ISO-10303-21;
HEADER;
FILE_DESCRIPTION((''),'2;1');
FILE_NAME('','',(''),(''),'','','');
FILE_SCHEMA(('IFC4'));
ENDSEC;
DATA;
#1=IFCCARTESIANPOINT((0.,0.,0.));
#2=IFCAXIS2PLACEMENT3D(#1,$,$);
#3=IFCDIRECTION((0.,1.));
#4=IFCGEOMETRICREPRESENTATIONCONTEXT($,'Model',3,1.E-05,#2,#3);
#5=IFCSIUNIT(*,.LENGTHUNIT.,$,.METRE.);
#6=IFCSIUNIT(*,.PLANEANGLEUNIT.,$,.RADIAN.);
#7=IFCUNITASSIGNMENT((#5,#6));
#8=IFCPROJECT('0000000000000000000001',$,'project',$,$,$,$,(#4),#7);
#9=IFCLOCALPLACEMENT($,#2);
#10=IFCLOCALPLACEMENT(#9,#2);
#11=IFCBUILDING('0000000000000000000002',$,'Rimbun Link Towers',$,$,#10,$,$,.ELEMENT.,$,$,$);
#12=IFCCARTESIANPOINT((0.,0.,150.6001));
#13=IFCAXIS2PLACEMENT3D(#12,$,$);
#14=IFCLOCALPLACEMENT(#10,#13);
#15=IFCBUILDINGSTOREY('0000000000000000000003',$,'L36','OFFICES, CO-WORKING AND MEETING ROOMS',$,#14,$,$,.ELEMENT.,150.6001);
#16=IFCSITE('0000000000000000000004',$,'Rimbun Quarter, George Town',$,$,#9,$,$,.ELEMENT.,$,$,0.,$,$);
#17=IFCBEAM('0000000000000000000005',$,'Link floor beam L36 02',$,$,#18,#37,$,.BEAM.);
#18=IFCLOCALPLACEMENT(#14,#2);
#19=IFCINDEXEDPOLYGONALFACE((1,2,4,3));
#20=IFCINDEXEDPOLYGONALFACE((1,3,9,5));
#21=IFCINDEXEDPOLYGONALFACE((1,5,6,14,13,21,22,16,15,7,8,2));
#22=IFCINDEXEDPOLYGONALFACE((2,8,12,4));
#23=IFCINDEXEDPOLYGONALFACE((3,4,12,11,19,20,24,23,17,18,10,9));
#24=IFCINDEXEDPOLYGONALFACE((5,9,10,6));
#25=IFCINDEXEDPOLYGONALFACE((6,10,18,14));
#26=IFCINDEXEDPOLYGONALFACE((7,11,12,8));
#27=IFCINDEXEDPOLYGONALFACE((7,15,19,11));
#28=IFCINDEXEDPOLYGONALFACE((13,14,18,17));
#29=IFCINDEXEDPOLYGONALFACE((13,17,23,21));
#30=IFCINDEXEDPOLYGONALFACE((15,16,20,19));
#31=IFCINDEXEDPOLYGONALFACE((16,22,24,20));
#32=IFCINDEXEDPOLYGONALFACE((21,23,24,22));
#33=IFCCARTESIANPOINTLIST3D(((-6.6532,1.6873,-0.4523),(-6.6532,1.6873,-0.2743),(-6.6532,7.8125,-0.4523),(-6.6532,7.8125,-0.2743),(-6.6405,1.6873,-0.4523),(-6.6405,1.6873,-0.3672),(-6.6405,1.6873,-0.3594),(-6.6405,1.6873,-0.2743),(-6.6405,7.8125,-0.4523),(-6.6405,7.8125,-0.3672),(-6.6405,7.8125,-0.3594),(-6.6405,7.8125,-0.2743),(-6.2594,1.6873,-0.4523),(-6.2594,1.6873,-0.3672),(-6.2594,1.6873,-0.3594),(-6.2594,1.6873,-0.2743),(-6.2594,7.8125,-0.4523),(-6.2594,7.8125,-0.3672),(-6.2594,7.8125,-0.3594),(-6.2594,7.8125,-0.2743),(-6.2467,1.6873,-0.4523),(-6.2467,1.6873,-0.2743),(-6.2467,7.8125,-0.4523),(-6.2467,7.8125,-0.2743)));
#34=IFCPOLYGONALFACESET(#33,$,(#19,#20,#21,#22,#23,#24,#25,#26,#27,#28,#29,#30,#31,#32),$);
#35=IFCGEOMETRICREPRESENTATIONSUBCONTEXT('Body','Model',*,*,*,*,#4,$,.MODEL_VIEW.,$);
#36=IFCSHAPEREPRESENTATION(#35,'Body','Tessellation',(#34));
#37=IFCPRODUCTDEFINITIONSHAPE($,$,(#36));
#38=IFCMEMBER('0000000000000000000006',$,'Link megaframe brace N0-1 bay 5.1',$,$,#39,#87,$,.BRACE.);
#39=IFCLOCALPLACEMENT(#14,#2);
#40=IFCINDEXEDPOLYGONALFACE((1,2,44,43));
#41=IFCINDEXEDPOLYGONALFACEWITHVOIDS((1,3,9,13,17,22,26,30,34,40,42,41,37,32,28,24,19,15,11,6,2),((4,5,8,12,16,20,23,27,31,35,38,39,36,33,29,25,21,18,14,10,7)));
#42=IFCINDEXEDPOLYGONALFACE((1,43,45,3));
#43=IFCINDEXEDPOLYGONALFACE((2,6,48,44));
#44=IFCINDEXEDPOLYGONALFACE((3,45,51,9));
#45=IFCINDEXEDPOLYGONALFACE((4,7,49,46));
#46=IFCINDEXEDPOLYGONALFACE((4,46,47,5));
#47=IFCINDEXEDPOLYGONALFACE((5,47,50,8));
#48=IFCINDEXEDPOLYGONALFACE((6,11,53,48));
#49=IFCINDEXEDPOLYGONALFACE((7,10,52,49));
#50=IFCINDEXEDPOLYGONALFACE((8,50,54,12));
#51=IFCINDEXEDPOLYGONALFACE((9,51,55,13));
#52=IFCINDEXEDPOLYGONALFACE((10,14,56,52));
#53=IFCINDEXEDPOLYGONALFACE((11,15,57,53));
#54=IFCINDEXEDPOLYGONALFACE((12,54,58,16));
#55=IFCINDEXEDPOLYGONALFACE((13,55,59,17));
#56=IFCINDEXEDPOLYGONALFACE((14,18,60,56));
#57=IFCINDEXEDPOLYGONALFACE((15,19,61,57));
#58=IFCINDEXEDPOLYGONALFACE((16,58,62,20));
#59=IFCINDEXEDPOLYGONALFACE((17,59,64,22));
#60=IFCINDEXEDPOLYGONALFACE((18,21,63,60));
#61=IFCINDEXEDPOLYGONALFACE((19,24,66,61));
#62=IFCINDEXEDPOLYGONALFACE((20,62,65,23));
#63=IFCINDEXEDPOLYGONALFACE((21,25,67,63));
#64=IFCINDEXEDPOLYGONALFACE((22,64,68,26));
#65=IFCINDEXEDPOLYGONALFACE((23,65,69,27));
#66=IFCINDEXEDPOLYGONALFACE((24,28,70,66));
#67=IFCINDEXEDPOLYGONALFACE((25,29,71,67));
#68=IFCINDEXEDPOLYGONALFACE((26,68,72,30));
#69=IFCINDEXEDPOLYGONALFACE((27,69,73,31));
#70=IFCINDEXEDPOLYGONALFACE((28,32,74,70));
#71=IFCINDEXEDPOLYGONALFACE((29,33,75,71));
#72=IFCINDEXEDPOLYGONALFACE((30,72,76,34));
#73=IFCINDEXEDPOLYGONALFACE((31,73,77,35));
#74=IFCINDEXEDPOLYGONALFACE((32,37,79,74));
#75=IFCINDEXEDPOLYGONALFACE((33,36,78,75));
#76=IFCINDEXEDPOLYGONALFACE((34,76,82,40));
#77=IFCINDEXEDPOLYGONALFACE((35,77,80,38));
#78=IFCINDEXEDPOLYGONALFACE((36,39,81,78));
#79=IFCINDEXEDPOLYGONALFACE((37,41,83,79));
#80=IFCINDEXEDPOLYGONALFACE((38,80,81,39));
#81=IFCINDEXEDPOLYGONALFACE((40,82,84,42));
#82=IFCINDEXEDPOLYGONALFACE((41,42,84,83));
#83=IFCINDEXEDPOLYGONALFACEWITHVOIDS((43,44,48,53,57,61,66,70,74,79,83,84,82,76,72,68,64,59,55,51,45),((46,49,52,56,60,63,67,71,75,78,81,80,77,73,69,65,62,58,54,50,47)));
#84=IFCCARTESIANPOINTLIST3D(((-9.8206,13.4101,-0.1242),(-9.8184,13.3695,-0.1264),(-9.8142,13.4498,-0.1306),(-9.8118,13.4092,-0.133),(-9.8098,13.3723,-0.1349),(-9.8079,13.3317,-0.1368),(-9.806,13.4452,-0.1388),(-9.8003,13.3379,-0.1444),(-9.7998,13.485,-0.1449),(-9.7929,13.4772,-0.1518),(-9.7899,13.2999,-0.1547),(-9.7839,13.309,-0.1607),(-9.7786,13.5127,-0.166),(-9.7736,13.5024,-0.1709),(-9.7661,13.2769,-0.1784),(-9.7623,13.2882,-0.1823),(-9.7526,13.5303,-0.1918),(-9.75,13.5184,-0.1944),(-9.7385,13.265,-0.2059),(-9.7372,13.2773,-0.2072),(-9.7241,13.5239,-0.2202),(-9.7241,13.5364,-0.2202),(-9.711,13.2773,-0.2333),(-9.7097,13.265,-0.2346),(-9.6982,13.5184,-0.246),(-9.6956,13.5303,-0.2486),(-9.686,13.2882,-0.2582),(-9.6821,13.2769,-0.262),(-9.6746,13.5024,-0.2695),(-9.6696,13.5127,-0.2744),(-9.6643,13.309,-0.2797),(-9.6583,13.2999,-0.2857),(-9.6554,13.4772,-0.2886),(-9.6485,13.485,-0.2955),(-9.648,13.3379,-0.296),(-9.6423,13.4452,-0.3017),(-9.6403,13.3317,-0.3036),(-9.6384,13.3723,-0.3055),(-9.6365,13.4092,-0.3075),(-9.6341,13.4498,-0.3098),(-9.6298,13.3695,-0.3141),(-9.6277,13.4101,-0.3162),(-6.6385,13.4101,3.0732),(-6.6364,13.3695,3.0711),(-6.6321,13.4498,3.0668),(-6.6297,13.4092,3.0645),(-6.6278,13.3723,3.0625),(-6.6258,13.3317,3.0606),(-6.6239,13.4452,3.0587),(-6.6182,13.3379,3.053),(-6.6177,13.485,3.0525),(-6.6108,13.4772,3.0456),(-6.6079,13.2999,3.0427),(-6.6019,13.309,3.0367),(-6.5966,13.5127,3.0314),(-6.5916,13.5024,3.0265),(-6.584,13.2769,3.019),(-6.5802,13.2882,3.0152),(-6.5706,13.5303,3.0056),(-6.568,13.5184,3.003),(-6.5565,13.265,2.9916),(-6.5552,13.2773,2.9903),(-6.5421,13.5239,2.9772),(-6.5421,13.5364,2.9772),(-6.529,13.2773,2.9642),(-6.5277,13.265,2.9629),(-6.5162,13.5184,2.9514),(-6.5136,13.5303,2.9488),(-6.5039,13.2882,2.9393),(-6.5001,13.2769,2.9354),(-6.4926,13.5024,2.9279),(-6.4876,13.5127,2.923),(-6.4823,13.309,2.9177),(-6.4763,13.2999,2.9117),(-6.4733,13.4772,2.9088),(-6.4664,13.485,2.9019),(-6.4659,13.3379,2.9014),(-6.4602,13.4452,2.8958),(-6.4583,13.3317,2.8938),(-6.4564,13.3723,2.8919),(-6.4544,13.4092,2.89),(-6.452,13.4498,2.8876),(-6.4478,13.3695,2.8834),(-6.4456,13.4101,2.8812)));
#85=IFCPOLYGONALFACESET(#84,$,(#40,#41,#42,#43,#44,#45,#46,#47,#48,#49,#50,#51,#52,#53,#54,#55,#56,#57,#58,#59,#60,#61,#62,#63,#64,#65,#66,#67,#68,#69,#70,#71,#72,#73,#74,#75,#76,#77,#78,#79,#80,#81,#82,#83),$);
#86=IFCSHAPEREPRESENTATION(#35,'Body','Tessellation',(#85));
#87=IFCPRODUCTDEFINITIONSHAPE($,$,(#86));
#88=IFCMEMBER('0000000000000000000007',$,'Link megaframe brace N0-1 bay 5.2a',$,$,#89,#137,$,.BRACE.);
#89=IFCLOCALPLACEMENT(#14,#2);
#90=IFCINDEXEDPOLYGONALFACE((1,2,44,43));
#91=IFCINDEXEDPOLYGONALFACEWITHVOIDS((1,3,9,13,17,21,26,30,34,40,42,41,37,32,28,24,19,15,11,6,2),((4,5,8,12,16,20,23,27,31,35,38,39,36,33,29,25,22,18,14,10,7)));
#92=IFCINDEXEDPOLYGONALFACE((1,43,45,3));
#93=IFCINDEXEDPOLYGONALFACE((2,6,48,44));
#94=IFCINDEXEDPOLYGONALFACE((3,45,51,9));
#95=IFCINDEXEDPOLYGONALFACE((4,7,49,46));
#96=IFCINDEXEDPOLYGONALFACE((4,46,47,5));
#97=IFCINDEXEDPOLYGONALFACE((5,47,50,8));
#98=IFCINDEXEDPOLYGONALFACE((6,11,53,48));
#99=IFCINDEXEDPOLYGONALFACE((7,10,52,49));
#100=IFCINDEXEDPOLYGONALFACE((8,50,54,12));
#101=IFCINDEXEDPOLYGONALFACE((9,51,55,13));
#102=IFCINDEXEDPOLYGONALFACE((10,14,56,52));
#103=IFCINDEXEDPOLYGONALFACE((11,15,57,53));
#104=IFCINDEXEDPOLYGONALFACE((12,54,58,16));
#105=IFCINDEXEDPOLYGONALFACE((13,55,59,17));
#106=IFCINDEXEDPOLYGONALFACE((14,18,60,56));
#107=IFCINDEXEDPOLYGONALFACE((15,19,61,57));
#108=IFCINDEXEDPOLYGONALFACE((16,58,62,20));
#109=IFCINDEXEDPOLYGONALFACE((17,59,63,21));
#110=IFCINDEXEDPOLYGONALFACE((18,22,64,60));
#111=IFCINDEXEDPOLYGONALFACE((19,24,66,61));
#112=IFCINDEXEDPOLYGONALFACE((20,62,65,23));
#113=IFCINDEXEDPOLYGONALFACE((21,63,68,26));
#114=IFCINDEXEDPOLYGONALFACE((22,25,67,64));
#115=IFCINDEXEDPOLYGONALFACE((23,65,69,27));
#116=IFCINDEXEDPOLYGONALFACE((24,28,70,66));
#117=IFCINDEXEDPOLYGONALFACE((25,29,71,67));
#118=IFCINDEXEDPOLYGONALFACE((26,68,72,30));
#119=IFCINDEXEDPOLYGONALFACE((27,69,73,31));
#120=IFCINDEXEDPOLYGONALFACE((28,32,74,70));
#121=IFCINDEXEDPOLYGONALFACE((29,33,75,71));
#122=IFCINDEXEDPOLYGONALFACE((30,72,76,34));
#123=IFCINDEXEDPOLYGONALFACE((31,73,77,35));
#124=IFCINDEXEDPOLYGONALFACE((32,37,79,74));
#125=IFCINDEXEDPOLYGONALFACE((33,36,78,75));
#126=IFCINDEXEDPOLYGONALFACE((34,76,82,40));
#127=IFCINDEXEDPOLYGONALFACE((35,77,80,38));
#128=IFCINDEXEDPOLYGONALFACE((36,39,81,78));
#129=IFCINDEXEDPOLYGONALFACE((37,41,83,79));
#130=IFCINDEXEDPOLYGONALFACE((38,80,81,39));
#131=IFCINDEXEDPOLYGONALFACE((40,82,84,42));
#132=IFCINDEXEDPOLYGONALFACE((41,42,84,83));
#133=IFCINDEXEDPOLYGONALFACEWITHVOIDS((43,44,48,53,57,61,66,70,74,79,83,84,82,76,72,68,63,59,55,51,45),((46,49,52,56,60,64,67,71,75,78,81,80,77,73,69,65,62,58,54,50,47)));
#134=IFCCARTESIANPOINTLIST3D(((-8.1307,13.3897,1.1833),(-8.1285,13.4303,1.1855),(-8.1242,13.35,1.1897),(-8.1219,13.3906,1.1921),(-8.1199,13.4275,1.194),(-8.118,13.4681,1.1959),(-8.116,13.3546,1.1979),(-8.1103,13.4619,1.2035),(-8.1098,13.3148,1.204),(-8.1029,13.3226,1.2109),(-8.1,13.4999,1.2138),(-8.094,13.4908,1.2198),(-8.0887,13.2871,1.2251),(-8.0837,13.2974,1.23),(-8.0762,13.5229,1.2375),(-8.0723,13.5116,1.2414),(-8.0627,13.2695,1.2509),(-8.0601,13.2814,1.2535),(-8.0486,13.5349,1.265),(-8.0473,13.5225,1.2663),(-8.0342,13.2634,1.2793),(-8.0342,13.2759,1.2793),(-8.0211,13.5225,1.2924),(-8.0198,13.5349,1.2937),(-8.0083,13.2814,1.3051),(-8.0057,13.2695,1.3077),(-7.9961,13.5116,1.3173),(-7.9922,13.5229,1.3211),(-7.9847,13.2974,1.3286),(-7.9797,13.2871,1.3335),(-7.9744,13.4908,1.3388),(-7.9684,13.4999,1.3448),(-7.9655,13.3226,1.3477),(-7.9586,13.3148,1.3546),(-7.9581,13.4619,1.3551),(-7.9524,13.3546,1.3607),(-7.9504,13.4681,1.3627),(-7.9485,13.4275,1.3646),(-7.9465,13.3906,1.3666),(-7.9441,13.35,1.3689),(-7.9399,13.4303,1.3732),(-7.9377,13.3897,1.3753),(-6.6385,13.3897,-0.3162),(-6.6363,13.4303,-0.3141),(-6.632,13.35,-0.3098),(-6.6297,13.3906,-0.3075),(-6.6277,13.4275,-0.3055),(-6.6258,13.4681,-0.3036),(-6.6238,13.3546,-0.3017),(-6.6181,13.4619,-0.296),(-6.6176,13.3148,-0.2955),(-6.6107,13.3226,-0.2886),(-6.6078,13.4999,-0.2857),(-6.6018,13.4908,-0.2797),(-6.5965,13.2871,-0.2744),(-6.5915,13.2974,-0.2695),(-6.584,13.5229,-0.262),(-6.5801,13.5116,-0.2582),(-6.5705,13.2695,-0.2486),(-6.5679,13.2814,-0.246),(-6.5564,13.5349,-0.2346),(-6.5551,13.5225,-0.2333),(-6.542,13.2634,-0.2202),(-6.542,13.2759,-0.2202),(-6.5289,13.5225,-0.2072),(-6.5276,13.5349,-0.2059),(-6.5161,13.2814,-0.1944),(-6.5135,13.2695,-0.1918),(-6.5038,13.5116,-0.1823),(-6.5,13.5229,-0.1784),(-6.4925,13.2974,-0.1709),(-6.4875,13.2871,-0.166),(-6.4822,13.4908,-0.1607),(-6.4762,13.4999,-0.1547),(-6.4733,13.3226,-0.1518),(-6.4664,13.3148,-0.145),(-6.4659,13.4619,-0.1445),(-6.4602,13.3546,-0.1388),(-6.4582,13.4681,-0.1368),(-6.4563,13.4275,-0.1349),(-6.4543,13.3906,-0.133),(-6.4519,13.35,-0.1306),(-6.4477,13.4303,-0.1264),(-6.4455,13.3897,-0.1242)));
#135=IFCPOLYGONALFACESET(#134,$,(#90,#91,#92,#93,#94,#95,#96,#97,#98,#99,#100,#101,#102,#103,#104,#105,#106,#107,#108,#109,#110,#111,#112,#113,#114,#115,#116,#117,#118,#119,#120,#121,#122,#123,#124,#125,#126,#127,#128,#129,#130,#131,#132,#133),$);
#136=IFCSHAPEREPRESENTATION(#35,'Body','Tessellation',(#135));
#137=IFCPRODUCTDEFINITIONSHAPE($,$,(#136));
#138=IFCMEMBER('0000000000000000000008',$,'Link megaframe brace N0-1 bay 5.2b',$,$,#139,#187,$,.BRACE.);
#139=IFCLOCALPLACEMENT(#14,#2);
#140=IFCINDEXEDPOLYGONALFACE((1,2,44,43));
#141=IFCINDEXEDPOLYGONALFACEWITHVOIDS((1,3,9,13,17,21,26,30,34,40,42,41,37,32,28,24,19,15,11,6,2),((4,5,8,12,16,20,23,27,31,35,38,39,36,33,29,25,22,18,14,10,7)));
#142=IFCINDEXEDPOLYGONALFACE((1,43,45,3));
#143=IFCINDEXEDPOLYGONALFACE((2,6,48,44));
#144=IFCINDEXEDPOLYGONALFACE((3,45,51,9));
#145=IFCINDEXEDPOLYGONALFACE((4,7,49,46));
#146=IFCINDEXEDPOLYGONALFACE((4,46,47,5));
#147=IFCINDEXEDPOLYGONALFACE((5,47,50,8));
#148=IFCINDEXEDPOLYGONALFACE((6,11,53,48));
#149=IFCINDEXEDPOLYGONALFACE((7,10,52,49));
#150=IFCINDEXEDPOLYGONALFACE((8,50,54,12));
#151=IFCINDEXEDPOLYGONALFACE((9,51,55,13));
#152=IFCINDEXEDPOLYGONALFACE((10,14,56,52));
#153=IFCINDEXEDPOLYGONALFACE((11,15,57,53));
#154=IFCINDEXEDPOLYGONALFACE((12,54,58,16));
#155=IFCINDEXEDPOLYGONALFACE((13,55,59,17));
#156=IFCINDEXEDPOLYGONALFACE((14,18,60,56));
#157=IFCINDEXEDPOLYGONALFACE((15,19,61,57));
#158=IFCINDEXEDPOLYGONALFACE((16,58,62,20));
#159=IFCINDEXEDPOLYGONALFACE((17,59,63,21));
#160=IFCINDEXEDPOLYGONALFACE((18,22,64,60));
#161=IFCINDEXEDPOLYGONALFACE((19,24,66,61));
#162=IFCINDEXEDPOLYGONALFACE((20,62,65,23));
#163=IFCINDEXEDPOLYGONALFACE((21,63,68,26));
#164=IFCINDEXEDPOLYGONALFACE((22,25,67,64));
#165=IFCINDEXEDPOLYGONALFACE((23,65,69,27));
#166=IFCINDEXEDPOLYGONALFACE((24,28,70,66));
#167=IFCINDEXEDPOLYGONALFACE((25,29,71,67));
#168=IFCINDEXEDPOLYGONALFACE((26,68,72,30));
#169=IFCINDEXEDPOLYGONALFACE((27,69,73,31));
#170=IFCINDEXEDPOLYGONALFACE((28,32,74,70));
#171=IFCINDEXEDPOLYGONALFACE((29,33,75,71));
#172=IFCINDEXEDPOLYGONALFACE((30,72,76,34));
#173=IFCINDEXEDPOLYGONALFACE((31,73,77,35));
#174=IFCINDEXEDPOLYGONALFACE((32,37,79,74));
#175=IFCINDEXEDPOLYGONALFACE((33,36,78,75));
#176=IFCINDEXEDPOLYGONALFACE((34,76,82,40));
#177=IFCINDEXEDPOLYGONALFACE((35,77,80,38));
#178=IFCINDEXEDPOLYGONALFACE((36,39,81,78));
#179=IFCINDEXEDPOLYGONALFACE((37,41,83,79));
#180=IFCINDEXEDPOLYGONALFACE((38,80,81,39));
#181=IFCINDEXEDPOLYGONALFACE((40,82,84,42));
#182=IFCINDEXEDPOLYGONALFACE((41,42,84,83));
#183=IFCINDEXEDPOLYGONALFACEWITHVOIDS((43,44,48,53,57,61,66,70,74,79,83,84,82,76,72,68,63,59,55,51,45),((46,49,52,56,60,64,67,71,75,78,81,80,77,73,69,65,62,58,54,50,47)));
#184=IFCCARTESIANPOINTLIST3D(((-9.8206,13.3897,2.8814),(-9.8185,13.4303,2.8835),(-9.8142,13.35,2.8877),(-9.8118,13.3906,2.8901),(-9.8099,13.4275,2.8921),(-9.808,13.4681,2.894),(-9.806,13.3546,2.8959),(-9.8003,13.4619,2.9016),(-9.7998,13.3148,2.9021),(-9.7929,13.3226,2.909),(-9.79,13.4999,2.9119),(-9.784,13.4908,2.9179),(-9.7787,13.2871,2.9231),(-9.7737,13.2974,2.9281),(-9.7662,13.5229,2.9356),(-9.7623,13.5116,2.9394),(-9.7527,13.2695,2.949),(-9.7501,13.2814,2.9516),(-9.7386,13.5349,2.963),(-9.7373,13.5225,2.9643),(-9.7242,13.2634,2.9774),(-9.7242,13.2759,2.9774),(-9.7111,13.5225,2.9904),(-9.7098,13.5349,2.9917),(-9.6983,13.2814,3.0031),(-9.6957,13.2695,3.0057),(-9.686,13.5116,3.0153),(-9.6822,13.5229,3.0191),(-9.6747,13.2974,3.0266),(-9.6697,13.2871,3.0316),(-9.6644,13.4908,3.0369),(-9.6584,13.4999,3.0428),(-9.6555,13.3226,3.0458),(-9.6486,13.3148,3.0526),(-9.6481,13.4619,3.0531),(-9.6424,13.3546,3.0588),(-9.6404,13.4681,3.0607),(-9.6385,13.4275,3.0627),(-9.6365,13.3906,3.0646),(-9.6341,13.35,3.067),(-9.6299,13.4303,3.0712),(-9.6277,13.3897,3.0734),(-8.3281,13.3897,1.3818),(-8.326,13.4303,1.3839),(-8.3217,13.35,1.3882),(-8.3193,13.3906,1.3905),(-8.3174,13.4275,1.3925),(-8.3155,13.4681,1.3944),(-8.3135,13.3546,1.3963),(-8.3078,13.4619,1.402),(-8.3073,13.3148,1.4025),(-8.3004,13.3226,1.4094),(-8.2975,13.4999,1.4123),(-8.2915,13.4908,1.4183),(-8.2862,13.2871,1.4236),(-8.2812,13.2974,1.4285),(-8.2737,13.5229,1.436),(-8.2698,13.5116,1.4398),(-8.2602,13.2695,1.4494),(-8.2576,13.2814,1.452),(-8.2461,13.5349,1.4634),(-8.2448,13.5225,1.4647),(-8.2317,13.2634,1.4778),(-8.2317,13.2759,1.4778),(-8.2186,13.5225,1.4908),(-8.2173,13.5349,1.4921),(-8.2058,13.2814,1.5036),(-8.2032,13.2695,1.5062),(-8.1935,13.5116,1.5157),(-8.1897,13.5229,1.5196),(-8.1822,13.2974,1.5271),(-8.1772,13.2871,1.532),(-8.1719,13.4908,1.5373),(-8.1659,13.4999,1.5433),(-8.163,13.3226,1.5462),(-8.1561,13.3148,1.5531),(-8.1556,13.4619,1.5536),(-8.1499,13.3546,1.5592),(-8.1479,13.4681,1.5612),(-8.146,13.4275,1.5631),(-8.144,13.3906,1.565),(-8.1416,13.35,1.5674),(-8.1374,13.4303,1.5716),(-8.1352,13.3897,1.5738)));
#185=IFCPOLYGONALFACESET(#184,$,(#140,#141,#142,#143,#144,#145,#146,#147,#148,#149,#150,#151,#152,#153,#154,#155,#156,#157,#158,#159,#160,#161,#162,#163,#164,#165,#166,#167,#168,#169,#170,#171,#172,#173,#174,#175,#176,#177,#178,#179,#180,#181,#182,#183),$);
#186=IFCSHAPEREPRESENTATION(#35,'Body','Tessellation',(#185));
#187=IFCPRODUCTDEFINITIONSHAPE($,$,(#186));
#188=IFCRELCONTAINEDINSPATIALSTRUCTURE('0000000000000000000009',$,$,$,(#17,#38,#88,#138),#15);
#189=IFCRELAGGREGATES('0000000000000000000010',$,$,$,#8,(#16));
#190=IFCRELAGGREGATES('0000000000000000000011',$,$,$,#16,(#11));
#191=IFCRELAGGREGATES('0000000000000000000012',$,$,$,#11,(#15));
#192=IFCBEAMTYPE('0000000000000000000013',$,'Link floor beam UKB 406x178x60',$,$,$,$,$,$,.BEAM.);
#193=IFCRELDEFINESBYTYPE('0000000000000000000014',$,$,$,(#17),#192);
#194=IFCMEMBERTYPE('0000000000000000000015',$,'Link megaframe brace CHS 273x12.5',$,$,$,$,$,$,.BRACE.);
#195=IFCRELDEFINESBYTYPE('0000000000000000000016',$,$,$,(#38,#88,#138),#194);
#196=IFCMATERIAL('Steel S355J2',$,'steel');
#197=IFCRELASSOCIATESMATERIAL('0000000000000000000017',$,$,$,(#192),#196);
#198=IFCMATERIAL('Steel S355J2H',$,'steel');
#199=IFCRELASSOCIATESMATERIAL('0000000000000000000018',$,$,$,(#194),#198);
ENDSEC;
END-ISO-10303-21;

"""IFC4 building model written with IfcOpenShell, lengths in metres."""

from ifc_helpers import new_model, si_unit, direction, frame, origin, origin_2d, place, context, subcontext, project, spatial, hollow_circle, i_section, extrude, material, material_profile, profile_set, type_object, element, save


model = new_model("IFC4")

# Units and contexts
model_context = context("Model", 3, precision=1e-05, world=origin(), true_north=direction((0.0, 1.0)))
body_context = subcontext(model_context, "Body", "Model", "MODEL_VIEW")
ifc_project = project(units=[si_unit("LENGTHUNIT", "METRE"), si_unit("PLANEANGLEUNIT", "RADIAN")], contexts=[model_context])

# Site, building, storey
site_placement = place(None, origin())
site = spatial("IfcSite", under=ifc_project, at=site_placement, Name="Rimbun Quarter, George Town", CompositionType="ELEMENT", RefElevation=0.0)
building_placement = place(site_placement, origin())
building = spatial("IfcBuilding", under=site, at=building_placement, Name="Rimbun Link Towers", CompositionType="ELEMENT")
storey_placement = place(building_placement, frame((0.0, 0.0, 150.6001)))
storey = spatial("IfcBuildingStorey", under=building, at=storey_placement, Name="L36", Description="OFFICES, CO-WORKING AND MEETING ROOMS", CompositionType="ELEMENT", Elevation=150.6001)

# Beam
ifc_material_1 = material(Name="Steel S355J2", Category="steel")
ifc_material_profile_1 = material_profile(ifc_material_1, i_section(OverallWidth=0.178, OverallDepth=0.4065, WebThickness=0.0078, FlangeThickness=0.0127, at=origin_2d()), Name="UKB 406x178x60")
ifc_profile_set_1 = profile_set([ifc_material_profile_1], Name="Steel S355J2")
beam_type_1 = type_object("IfcBeamType", Name="Link floor beam UKB 406x178x60", PredefinedType="BEAM", material=ifc_profile_set_1)
beam_1_placement = place(storey_placement, frame((-6.45, 1.6873, -0.3633), z_axis=(0.0, 1.0, 0.0), x_axis=(0.0, 0.0, 1.0)))
element("IfcBeam", 1, at=beam_1_placement, inside=storey, type_object=beam_type_1, Name="Link floor beam L36 02", PredefinedType="BEAM", context=body_context, shape_type="SweptSolid", body=[
    extrude(i_section(OverallWidth=0.178, OverallDepth=0.4065, WebThickness=0.0078, FlangeThickness=0.0127, at=origin_2d()), origin(), (0.0, 0.0, 1.0), 6.1252),
])

# Members
ifc_material_2 = material(Name="Steel S355J2H", Category="steel")
ifc_material_profile_2 = material_profile(ifc_material_2, hollow_circle(Radius=0.1365, WallThickness=0.0125, at=origin_2d()), Name="CHS 273x12.5")
ifc_profile_set_2 = profile_set([ifc_material_profile_2], Name="Steel S355J2H")
member_type_1 = type_object("IfcMemberType", Name="Link megaframe brace CHS 273x12.5", PredefinedType="BRACE", material=ifc_profile_set_2)
member_1_placement = place(storey_placement, frame((-9.7241, 13.3999, -0.2202), z_axis=(0.7054, 0.0, 0.70881), x_axis=(0.0, 1.0, 0.0)))
element("IfcMember", 2, at=member_1_placement, inside=storey, type_object=member_type_1, Name="Link megaframe brace N0-1 bay 5.1", PredefinedType="BRACE", context=body_context, shape_type="SweptSolid", body=[
    extrude(hollow_circle(Radius=0.1365, WallThickness=0.0125, at=origin_2d()), origin(), (0.0, 0.0, 1.0), 4.511),
])
member_2_placement = place(storey_placement, frame((-6.542, 13.3999, -0.2202), z_axis=(-0.705374, 0.0, 0.708836), x_axis=(0.0, -1.0, 0.0)))
element("IfcMember", 3, at=member_2_placement, inside=storey, type_object=member_type_1, Name="Link megaframe brace N0-1 bay 5.2a", PredefinedType="BRACE", context=body_context, shape_type="SweptSolid", body=[
    extrude(hollow_circle(Radius=0.1365, WallThickness=0.0125, at=origin_2d()), origin(), (0.0, 0.0, 1.0), 2.1155),
])
member_3_placement = place(storey_placement, frame((-8.2317, 13.3999, 1.4778), z_axis=(-0.705432, 0.0, 0.708778), x_axis=(0.0, -1.0, 0.0)))
element("IfcMember", 4, at=member_3_placement, inside=storey, type_object=member_type_1, Name="Link megaframe brace N0-1 bay 5.2b", PredefinedType="BRACE", context=body_context, shape_type="SweptSolid", body=[
    extrude(hollow_circle(Radius=0.1365, WallThickness=0.0125, at=origin_2d()), origin(), (0.0, 0.0, 1.0), 2.1157),
])

save(model, "model.ifc")
